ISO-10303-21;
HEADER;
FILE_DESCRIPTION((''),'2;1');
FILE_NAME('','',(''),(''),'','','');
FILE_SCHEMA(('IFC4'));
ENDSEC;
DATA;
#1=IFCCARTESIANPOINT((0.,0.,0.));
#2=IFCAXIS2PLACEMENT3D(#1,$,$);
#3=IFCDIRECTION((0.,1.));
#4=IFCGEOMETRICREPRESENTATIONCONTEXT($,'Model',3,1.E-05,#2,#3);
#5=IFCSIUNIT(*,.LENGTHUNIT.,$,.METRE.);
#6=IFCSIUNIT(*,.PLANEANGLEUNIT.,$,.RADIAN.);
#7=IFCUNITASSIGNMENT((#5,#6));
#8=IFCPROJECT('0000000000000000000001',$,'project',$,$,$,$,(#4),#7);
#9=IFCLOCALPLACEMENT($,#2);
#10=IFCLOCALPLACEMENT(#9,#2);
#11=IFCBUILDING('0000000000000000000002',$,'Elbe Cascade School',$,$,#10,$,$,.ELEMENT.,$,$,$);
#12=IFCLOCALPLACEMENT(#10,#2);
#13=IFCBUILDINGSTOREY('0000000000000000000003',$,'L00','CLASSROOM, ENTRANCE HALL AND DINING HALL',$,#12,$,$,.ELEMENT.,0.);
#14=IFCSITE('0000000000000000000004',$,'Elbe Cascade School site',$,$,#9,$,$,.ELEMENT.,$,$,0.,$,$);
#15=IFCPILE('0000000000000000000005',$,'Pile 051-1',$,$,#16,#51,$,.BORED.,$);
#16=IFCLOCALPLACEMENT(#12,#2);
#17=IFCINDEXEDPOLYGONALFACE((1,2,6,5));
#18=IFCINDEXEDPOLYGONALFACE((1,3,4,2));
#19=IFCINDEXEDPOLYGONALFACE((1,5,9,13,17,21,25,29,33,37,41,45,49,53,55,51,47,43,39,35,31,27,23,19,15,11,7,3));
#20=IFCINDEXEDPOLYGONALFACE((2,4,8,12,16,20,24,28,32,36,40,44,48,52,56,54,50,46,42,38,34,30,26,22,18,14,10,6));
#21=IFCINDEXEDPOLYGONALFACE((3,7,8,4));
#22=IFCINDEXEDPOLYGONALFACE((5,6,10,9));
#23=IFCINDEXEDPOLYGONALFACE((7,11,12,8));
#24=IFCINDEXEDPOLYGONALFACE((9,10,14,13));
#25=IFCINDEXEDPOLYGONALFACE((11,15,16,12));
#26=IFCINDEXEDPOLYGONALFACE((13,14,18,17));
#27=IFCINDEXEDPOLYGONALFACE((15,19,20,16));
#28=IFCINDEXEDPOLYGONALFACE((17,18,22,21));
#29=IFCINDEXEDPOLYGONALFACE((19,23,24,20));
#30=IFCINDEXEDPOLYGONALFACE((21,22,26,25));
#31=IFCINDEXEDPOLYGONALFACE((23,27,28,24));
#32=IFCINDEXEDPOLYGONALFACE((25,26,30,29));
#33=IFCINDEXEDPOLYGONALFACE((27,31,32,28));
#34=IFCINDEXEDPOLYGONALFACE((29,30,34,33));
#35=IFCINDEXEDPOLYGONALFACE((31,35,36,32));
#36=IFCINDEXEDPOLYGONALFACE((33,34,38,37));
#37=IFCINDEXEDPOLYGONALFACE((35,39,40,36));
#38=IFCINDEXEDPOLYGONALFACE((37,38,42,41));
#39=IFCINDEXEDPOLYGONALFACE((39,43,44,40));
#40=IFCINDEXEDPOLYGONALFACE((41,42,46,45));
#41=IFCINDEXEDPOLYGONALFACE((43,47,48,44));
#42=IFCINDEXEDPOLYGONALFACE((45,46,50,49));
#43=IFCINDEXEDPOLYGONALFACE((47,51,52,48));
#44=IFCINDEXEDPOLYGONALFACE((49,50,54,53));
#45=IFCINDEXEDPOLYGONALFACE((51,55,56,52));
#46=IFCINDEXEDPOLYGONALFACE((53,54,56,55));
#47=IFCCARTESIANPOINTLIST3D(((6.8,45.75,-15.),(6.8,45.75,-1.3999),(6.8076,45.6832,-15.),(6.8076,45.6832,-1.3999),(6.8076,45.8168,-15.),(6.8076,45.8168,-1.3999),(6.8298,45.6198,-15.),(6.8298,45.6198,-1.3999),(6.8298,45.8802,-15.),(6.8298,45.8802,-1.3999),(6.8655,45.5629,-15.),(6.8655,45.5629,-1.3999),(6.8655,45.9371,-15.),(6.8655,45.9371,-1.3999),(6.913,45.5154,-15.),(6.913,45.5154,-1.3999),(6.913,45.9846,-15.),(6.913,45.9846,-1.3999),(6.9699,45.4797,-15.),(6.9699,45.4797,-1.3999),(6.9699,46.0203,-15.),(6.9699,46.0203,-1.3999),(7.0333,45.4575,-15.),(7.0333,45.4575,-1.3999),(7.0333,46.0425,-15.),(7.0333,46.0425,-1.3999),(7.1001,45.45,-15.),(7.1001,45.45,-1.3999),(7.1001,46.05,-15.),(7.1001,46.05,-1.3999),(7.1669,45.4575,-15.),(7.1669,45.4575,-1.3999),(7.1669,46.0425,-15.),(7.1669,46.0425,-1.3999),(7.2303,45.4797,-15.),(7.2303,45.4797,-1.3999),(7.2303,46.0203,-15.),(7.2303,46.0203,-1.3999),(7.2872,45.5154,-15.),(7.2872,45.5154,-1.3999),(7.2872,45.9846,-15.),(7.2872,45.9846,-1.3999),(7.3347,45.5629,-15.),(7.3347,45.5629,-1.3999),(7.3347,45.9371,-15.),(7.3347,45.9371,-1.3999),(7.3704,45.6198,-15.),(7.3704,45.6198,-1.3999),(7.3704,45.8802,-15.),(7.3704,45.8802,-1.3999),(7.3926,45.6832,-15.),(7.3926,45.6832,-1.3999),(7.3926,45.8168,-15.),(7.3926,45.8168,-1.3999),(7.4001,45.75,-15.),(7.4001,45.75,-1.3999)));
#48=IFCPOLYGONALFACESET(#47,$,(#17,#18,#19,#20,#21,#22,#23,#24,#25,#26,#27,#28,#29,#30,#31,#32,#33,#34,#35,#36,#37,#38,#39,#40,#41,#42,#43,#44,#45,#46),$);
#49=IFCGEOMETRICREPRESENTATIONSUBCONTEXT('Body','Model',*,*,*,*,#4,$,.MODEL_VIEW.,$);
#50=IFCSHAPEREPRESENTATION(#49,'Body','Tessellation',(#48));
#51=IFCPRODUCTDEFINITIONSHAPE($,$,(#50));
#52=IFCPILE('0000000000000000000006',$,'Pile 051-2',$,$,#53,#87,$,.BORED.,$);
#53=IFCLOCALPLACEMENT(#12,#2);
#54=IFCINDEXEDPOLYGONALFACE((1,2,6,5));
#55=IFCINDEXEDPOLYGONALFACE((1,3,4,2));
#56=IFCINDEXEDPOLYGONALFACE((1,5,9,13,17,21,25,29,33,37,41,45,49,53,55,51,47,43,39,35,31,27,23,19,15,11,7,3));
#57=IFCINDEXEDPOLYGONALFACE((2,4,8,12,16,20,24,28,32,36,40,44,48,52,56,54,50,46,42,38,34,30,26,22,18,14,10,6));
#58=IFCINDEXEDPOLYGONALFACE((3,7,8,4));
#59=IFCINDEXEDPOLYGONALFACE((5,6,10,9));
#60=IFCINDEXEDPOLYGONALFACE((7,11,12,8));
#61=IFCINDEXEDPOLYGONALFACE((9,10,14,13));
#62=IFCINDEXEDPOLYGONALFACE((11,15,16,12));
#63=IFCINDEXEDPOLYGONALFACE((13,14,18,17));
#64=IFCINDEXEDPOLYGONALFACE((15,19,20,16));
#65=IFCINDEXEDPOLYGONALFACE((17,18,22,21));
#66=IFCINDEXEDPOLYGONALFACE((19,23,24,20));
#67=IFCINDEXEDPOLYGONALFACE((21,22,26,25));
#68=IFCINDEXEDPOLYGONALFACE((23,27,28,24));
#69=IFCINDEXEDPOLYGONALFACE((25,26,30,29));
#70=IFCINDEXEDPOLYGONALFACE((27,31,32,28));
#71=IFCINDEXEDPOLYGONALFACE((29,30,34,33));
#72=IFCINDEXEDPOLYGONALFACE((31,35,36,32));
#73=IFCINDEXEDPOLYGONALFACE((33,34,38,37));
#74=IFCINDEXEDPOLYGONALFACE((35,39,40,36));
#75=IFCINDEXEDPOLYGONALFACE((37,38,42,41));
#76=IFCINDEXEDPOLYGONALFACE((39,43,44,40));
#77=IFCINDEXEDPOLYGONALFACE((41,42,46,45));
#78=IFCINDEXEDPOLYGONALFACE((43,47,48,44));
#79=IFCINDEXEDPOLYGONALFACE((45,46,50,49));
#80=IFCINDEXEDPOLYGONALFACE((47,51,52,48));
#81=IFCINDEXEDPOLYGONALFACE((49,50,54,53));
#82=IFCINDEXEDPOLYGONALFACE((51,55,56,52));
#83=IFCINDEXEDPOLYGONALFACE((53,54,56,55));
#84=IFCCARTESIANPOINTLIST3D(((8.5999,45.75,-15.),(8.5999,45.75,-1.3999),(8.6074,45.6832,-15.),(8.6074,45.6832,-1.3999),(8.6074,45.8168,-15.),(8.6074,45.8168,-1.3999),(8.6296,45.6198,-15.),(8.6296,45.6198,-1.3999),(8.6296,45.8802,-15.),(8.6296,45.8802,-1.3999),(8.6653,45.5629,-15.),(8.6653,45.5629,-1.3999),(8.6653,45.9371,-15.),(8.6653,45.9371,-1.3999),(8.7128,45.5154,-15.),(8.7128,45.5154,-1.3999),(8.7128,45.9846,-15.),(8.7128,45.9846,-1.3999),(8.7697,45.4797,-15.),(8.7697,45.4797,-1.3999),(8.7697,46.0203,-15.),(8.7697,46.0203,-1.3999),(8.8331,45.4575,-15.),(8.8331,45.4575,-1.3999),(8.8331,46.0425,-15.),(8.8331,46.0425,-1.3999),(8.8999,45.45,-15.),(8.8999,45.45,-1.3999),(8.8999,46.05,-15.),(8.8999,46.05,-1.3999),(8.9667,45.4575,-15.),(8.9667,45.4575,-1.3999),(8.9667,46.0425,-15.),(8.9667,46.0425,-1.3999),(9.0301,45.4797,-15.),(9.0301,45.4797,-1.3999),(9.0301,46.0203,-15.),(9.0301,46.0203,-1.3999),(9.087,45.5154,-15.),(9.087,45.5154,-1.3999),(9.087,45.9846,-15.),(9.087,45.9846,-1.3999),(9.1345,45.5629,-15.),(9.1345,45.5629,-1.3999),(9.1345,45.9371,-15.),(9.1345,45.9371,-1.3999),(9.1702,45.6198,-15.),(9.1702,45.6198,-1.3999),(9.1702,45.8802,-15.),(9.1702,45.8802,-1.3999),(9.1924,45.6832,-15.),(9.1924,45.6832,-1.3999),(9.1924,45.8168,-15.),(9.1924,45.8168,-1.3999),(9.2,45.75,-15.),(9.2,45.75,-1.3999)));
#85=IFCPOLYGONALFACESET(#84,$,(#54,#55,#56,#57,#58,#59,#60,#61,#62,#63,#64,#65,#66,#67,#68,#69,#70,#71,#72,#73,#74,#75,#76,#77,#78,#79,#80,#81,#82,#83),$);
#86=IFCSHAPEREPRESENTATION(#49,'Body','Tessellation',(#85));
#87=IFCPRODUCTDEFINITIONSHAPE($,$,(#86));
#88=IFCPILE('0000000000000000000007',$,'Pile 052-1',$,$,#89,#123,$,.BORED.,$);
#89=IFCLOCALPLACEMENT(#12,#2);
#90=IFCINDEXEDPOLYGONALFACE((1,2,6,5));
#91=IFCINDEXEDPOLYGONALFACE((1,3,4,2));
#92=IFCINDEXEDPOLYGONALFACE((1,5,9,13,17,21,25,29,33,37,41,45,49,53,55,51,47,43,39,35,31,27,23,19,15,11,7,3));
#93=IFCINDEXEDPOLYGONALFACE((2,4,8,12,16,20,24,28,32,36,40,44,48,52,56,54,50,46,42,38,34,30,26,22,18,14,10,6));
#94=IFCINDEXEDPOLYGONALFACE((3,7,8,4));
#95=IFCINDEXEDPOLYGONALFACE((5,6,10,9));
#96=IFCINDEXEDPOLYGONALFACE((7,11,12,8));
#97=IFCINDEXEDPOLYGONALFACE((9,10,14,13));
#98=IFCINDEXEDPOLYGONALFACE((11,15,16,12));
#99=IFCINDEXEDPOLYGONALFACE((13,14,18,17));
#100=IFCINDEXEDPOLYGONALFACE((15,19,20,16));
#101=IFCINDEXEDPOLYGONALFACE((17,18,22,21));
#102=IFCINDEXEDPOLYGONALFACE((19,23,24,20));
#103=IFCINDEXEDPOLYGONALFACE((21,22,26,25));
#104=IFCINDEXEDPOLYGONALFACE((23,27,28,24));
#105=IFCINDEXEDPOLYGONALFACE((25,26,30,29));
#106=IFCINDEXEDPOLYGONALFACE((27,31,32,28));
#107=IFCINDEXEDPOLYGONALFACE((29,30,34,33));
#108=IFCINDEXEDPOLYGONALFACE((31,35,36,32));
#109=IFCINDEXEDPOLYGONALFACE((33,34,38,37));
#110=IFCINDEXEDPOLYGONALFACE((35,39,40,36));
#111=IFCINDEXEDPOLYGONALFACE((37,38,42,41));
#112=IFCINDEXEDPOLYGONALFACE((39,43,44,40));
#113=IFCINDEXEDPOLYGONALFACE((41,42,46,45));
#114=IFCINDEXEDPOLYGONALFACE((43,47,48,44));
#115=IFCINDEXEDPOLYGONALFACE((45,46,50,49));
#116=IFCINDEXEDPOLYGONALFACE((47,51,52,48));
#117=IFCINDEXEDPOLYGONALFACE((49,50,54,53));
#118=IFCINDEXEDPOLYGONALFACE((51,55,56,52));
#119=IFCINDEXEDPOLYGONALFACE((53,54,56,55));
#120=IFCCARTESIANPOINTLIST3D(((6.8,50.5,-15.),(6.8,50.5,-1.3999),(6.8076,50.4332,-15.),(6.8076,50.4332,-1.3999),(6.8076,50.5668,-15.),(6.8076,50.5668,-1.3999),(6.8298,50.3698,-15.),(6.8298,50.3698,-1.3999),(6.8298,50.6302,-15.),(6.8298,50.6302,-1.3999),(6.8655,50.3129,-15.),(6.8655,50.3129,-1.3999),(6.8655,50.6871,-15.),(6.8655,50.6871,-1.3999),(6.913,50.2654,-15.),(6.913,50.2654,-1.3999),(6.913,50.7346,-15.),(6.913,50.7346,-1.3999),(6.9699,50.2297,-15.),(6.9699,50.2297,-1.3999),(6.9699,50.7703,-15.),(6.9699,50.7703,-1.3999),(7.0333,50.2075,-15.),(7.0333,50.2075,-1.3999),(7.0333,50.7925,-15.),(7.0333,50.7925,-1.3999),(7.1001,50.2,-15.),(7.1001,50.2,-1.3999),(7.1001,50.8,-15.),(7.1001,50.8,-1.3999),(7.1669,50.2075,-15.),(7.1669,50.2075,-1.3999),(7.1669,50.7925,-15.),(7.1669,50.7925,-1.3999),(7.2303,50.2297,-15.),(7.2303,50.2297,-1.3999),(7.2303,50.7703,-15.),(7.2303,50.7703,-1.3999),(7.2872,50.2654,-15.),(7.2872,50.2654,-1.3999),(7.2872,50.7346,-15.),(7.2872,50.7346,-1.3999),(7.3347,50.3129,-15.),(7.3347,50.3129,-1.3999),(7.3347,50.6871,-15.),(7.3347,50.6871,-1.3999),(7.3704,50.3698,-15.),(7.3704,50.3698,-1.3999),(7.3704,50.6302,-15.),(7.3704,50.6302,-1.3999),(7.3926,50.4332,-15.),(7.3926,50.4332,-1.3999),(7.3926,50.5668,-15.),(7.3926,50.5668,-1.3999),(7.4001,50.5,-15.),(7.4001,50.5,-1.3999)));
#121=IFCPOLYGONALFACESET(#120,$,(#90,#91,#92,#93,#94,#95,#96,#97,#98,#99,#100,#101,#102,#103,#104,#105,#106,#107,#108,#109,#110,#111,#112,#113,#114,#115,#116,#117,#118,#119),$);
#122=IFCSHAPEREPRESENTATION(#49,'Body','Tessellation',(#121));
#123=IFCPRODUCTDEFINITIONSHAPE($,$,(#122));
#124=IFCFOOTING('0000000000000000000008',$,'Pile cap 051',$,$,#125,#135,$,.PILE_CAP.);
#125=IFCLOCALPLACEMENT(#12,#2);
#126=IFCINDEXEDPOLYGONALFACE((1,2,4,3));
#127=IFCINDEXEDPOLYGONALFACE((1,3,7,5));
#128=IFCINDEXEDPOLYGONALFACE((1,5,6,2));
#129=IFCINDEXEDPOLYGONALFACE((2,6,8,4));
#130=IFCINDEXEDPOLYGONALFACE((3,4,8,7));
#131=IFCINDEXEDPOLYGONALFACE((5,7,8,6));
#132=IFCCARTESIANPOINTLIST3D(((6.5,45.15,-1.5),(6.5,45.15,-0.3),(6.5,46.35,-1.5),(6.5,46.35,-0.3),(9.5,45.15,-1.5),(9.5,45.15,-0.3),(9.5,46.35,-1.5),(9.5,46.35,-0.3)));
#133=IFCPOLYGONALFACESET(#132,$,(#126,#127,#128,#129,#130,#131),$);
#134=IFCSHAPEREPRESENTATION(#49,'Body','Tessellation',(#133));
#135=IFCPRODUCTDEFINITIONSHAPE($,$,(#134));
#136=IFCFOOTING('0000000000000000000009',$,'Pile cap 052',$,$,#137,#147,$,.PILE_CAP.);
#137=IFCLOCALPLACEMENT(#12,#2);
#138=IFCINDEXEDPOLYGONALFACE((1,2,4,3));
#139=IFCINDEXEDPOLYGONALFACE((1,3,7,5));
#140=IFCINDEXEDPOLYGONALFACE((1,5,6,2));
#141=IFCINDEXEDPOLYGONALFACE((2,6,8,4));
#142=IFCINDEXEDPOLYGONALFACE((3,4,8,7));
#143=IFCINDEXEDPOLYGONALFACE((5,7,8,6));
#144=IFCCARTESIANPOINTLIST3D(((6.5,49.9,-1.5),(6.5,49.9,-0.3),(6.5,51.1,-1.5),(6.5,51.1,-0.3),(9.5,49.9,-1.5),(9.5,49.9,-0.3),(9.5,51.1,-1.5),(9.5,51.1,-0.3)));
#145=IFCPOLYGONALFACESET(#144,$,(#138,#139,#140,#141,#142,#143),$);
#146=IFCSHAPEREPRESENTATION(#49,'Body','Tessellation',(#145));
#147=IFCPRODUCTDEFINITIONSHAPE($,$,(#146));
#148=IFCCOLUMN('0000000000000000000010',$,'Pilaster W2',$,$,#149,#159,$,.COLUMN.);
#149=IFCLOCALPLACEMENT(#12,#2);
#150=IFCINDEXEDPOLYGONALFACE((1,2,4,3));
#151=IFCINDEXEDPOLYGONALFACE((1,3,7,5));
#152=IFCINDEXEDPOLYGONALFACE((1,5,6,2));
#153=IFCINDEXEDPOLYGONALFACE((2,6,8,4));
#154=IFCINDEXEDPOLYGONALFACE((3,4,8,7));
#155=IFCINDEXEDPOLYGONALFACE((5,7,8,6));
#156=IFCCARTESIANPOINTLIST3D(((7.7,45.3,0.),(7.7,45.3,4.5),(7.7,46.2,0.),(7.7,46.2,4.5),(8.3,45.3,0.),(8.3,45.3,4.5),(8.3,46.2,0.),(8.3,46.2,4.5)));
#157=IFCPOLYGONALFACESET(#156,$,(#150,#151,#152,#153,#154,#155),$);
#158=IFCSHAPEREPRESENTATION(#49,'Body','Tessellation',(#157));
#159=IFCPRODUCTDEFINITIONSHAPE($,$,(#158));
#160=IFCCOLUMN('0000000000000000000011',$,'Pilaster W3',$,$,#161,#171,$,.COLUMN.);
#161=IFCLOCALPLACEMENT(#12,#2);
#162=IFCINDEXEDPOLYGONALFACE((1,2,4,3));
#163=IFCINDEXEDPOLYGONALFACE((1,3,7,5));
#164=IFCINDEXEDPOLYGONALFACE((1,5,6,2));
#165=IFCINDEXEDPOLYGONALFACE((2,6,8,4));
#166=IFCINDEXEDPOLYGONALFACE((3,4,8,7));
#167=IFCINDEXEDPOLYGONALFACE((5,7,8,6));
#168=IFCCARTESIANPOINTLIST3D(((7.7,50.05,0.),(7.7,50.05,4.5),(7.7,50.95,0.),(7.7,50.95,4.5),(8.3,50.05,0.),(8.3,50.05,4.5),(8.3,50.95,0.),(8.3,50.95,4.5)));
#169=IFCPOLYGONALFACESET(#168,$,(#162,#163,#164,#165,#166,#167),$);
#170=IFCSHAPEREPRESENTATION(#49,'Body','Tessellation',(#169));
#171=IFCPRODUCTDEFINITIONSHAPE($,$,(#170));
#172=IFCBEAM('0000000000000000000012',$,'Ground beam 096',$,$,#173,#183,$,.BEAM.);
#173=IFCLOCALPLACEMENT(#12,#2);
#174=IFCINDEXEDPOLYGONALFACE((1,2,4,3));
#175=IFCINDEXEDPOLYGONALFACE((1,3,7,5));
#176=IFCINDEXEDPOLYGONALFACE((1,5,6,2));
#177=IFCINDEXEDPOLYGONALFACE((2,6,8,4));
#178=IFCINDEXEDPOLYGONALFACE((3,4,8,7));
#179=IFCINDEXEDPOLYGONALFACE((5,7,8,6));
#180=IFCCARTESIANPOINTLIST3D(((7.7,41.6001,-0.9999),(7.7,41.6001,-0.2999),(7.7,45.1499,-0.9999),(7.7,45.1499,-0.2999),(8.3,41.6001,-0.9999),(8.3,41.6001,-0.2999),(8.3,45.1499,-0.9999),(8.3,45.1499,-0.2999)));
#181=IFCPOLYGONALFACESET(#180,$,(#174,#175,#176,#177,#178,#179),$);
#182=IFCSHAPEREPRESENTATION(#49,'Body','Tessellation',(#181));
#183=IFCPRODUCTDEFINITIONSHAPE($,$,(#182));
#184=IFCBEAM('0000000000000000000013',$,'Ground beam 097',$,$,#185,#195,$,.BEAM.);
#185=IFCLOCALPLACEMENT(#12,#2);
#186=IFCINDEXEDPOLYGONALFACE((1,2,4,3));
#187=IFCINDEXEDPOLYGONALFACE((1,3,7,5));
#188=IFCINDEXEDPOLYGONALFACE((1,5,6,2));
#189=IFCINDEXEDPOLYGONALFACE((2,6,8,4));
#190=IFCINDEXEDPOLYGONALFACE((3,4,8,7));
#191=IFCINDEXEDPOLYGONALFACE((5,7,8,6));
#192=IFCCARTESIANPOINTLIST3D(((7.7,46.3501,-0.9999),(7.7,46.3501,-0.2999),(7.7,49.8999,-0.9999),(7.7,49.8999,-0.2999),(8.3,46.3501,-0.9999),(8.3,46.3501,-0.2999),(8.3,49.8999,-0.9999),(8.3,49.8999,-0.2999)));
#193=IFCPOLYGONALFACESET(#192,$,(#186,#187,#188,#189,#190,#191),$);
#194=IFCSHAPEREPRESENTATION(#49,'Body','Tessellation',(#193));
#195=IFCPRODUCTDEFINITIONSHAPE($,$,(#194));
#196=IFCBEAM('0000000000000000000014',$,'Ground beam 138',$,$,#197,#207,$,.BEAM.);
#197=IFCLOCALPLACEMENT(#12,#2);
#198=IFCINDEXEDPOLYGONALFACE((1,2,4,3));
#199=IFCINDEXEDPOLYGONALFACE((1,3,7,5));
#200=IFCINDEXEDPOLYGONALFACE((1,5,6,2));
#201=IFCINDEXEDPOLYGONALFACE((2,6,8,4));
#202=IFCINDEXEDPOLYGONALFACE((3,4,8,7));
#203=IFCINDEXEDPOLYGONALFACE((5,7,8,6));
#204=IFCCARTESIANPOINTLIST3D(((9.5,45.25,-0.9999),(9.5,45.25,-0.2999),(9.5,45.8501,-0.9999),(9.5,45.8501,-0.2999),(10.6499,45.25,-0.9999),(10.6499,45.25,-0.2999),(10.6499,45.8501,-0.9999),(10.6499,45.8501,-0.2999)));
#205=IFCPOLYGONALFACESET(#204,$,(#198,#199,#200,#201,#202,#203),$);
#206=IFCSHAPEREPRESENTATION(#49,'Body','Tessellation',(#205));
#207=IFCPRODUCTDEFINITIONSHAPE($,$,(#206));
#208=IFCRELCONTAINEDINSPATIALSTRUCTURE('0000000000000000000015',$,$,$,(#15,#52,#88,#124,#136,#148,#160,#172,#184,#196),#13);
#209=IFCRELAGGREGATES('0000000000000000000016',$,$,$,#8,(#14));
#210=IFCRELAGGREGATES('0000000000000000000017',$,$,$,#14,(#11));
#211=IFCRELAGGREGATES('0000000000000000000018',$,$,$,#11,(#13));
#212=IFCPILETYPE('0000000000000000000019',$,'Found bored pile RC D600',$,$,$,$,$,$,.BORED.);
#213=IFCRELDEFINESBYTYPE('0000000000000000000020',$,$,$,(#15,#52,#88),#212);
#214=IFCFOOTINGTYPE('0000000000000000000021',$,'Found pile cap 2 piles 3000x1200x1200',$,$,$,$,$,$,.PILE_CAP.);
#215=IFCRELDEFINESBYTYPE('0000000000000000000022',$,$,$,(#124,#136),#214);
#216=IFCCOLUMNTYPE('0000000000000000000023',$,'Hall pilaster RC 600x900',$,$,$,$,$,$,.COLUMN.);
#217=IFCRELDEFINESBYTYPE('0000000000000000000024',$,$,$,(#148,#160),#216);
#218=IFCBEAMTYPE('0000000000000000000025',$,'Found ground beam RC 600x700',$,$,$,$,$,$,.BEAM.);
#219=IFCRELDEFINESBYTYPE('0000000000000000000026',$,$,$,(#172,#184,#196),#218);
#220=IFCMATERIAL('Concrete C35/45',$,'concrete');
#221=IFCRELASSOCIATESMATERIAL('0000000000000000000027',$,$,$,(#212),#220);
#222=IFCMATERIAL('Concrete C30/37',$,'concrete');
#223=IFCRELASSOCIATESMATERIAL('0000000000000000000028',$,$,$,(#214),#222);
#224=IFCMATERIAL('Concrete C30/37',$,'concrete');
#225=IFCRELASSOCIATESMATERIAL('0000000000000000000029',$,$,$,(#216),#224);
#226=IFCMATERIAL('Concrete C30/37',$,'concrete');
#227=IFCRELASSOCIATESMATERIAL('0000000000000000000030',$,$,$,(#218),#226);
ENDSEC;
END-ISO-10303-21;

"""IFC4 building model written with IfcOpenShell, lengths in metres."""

from ifc_helpers import new_model, si_unit, direction, frame, origin, origin_2d, place, context, subcontext, project, spatial, rectangle, circle, extrude, material, material_profile, profile_set, type_object, element, save


model = new_model("IFC4")

# Units and contexts
model_context = context("Model", 3, precision=1e-05, world=origin(), true_north=direction((0.0, 1.0)))
body_context = subcontext(model_context, "Body", "Model", "MODEL_VIEW")
ifc_project = project(units=[si_unit("LENGTHUNIT", "METRE"), si_unit("PLANEANGLEUNIT", "RADIAN")], contexts=[model_context])

# Site, building, storey
site_placement = place(None, origin())
site = spatial("IfcSite", under=ifc_project, at=site_placement, Name="Elbe Cascade School site", CompositionType="ELEMENT", RefElevation=0.0)
building_placement = place(site_placement, origin())
building = spatial("IfcBuilding", under=site, at=building_placement, Name="Elbe Cascade School", CompositionType="ELEMENT")
storey_placement = place(building_placement, origin())
storey = spatial("IfcBuildingStorey", under=building, at=storey_placement, Name="L00", Description="CLASSROOM, ENTRANCE HALL AND DINING HALL", CompositionType="ELEMENT", Elevation=0.0)

# Piles
ifc_material_1 = material(Name="Concrete C35/45", Category="concrete")
ifc_material_profile_1 = material_profile(ifc_material_1, circle(Radius=0.3, at=origin_2d()), Name="RC D600")
ifc_profile_set_1 = profile_set([ifc_material_profile_1], Name="Concrete C35/45")
pile_type = type_object("IfcPileType", Name="Found bored pile RC D600", PredefinedType="BORED", material=ifc_profile_set_1)
for number, where, z_axis, x_axis, name in (
    (1, (7.1001, 45.75, -1.3999), (0.0, 0.0, -1.0), (1.0, 0.0, 0.0), "Pile 051-1"),
    (2, (8.8999, 45.75, -1.3999), (0.0, 0.0, -1.0), (1.0, 0.0, 0.0), "Pile 051-2"),
    (3, (7.1001, 50.5, -1.3999), (0.0, 0.0, -1.0), (1.0, 0.0, 0.0), "Pile 052-1"),
):
    element("IfcPile", number, at=place(storey_placement, frame(where, z_axis=z_axis, x_axis=x_axis)), inside=storey, type_object=pile_type, Name=name, PredefinedType="BORED", context=body_context, shape_type="SweptSolid", body=[
        extrude(circle(Radius=0.3, at=origin_2d()), origin(), (0.0, 0.0, 1.0), 13.6001),
    ])

# Footings
ifc_material_2 = material(Name="Concrete C30/37", Category="concrete")
footing_type = type_object("IfcFootingType", Name="Found pile cap 2 piles 3000x1200x1200", PredefinedType="PILE_CAP", material=ifc_material_2)
for number, where, z_axis, x_axis, name in (
    (4, (8.0, 45.75, -1.5), (0.0, 0.0, 1.0), (1.0, 0.0, 0.0), "Pile cap 051"),
    (5, (8.0, 50.5, -1.5), (0.0, 0.0, 1.0), (1.0, 0.0, 0.0), "Pile cap 052"),
):
    element("IfcFooting", number, at=place(storey_placement, frame(where, z_axis=z_axis, x_axis=x_axis)), inside=storey, type_object=footing_type, Name=name, PredefinedType="PILE_CAP", context=body_context, shape_type="SweptSolid", body=[
        extrude(rectangle(XDim=3.0, YDim=1.2, at=origin_2d()), origin(), (0.0, 0.0, 1.0), 1.2),
    ])

# Columns
ifc_material_3 = material(Name="Concrete C30/37", Category="concrete")
ifc_material_profile_2 = material_profile(ifc_material_3, rectangle(XDim=0.6001, YDim=0.8999, at=origin_2d()), Name="RC 600x900")
ifc_profile_set_2 = profile_set([ifc_material_profile_2], Name="Concrete C30/37")
column_type = type_object("IfcColumnType", Name="Hall pilaster RC 600x900", PredefinedType="COLUMN", material=ifc_profile_set_2)
for number, where, z_axis, x_axis, name in (
    (6, (8.0, 45.75, 0.0), (0.0, 0.0, 1.0), (1.0, 0.0, 0.0), "Pilaster W2"),
    (7, (8.0, 50.5, 0.0), (0.0, 0.0, 1.0), (1.0, 0.0, 0.0), "Pilaster W3"),
):
    element("IfcColumn", number, at=place(storey_placement, frame(where, z_axis=z_axis, x_axis=x_axis)), inside=storey, type_object=column_type, Name=name, PredefinedType="COLUMN", context=body_context, shape_type="SweptSolid", body=[
        extrude(rectangle(XDim=0.6001, YDim=0.8999, at=origin_2d()), origin(), (0.0, 0.0, 1.0), 4.5),
    ])

# Beams
ifc_material_4 = material(Name="Concrete C30/37", Category="concrete")
ifc_material_profile_3 = material_profile(ifc_material_4, rectangle(XDim=0.6001, YDim=0.7, at=origin_2d()), Name="RC 600x700")
ifc_profile_set_3 = profile_set([ifc_material_profile_3], Name="Concrete C30/37")
beam_type_1 = type_object("IfcBeamType", Name="Found ground beam RC 600x700", PredefinedType="BEAM", material=ifc_profile_set_3)
for number, where, z_axis, x_axis, name in (
    (8, (8.0, 41.6001, -0.6499), (0.0, 1.0, 0.0), (-1.0, 0.0, 0.0), "Ground beam 096"),
    (9, (8.0, 46.3501, -0.6499), (0.0, 1.0, 0.0), (-1.0, 0.0, 0.0), "Ground beam 097"),
):
    element("IfcBeam", number, at=place(storey_placement, frame(where, z_axis=z_axis, x_axis=x_axis)), inside=storey, type_object=beam_type_1, Name=name, PredefinedType="BEAM", context=body_context, shape_type="SweptSolid", body=[
        extrude(rectangle(XDim=0.6001, YDim=0.7, at=origin_2d()), origin(), (0.0, 0.0, 1.0), 3.5498),
    ])
beam_placement = place(storey_placement, frame((9.5, 45.55, -0.6499), z_axis=(1.0, 0.0, 0.0), x_axis=(0.0, 1.0, 0.0)))
element("IfcBeam", 10, at=beam_placement, inside=storey, type_object=beam_type_1, Name="Ground beam 138", PredefinedType="BEAM", context=body_context, shape_type="SweptSolid", body=[
    extrude(rectangle(XDim=0.6001, YDim=0.7, at=origin_2d()), origin(), (0.0, 0.0, 1.0), 1.1499),
])

save(model, "model.ifc")
